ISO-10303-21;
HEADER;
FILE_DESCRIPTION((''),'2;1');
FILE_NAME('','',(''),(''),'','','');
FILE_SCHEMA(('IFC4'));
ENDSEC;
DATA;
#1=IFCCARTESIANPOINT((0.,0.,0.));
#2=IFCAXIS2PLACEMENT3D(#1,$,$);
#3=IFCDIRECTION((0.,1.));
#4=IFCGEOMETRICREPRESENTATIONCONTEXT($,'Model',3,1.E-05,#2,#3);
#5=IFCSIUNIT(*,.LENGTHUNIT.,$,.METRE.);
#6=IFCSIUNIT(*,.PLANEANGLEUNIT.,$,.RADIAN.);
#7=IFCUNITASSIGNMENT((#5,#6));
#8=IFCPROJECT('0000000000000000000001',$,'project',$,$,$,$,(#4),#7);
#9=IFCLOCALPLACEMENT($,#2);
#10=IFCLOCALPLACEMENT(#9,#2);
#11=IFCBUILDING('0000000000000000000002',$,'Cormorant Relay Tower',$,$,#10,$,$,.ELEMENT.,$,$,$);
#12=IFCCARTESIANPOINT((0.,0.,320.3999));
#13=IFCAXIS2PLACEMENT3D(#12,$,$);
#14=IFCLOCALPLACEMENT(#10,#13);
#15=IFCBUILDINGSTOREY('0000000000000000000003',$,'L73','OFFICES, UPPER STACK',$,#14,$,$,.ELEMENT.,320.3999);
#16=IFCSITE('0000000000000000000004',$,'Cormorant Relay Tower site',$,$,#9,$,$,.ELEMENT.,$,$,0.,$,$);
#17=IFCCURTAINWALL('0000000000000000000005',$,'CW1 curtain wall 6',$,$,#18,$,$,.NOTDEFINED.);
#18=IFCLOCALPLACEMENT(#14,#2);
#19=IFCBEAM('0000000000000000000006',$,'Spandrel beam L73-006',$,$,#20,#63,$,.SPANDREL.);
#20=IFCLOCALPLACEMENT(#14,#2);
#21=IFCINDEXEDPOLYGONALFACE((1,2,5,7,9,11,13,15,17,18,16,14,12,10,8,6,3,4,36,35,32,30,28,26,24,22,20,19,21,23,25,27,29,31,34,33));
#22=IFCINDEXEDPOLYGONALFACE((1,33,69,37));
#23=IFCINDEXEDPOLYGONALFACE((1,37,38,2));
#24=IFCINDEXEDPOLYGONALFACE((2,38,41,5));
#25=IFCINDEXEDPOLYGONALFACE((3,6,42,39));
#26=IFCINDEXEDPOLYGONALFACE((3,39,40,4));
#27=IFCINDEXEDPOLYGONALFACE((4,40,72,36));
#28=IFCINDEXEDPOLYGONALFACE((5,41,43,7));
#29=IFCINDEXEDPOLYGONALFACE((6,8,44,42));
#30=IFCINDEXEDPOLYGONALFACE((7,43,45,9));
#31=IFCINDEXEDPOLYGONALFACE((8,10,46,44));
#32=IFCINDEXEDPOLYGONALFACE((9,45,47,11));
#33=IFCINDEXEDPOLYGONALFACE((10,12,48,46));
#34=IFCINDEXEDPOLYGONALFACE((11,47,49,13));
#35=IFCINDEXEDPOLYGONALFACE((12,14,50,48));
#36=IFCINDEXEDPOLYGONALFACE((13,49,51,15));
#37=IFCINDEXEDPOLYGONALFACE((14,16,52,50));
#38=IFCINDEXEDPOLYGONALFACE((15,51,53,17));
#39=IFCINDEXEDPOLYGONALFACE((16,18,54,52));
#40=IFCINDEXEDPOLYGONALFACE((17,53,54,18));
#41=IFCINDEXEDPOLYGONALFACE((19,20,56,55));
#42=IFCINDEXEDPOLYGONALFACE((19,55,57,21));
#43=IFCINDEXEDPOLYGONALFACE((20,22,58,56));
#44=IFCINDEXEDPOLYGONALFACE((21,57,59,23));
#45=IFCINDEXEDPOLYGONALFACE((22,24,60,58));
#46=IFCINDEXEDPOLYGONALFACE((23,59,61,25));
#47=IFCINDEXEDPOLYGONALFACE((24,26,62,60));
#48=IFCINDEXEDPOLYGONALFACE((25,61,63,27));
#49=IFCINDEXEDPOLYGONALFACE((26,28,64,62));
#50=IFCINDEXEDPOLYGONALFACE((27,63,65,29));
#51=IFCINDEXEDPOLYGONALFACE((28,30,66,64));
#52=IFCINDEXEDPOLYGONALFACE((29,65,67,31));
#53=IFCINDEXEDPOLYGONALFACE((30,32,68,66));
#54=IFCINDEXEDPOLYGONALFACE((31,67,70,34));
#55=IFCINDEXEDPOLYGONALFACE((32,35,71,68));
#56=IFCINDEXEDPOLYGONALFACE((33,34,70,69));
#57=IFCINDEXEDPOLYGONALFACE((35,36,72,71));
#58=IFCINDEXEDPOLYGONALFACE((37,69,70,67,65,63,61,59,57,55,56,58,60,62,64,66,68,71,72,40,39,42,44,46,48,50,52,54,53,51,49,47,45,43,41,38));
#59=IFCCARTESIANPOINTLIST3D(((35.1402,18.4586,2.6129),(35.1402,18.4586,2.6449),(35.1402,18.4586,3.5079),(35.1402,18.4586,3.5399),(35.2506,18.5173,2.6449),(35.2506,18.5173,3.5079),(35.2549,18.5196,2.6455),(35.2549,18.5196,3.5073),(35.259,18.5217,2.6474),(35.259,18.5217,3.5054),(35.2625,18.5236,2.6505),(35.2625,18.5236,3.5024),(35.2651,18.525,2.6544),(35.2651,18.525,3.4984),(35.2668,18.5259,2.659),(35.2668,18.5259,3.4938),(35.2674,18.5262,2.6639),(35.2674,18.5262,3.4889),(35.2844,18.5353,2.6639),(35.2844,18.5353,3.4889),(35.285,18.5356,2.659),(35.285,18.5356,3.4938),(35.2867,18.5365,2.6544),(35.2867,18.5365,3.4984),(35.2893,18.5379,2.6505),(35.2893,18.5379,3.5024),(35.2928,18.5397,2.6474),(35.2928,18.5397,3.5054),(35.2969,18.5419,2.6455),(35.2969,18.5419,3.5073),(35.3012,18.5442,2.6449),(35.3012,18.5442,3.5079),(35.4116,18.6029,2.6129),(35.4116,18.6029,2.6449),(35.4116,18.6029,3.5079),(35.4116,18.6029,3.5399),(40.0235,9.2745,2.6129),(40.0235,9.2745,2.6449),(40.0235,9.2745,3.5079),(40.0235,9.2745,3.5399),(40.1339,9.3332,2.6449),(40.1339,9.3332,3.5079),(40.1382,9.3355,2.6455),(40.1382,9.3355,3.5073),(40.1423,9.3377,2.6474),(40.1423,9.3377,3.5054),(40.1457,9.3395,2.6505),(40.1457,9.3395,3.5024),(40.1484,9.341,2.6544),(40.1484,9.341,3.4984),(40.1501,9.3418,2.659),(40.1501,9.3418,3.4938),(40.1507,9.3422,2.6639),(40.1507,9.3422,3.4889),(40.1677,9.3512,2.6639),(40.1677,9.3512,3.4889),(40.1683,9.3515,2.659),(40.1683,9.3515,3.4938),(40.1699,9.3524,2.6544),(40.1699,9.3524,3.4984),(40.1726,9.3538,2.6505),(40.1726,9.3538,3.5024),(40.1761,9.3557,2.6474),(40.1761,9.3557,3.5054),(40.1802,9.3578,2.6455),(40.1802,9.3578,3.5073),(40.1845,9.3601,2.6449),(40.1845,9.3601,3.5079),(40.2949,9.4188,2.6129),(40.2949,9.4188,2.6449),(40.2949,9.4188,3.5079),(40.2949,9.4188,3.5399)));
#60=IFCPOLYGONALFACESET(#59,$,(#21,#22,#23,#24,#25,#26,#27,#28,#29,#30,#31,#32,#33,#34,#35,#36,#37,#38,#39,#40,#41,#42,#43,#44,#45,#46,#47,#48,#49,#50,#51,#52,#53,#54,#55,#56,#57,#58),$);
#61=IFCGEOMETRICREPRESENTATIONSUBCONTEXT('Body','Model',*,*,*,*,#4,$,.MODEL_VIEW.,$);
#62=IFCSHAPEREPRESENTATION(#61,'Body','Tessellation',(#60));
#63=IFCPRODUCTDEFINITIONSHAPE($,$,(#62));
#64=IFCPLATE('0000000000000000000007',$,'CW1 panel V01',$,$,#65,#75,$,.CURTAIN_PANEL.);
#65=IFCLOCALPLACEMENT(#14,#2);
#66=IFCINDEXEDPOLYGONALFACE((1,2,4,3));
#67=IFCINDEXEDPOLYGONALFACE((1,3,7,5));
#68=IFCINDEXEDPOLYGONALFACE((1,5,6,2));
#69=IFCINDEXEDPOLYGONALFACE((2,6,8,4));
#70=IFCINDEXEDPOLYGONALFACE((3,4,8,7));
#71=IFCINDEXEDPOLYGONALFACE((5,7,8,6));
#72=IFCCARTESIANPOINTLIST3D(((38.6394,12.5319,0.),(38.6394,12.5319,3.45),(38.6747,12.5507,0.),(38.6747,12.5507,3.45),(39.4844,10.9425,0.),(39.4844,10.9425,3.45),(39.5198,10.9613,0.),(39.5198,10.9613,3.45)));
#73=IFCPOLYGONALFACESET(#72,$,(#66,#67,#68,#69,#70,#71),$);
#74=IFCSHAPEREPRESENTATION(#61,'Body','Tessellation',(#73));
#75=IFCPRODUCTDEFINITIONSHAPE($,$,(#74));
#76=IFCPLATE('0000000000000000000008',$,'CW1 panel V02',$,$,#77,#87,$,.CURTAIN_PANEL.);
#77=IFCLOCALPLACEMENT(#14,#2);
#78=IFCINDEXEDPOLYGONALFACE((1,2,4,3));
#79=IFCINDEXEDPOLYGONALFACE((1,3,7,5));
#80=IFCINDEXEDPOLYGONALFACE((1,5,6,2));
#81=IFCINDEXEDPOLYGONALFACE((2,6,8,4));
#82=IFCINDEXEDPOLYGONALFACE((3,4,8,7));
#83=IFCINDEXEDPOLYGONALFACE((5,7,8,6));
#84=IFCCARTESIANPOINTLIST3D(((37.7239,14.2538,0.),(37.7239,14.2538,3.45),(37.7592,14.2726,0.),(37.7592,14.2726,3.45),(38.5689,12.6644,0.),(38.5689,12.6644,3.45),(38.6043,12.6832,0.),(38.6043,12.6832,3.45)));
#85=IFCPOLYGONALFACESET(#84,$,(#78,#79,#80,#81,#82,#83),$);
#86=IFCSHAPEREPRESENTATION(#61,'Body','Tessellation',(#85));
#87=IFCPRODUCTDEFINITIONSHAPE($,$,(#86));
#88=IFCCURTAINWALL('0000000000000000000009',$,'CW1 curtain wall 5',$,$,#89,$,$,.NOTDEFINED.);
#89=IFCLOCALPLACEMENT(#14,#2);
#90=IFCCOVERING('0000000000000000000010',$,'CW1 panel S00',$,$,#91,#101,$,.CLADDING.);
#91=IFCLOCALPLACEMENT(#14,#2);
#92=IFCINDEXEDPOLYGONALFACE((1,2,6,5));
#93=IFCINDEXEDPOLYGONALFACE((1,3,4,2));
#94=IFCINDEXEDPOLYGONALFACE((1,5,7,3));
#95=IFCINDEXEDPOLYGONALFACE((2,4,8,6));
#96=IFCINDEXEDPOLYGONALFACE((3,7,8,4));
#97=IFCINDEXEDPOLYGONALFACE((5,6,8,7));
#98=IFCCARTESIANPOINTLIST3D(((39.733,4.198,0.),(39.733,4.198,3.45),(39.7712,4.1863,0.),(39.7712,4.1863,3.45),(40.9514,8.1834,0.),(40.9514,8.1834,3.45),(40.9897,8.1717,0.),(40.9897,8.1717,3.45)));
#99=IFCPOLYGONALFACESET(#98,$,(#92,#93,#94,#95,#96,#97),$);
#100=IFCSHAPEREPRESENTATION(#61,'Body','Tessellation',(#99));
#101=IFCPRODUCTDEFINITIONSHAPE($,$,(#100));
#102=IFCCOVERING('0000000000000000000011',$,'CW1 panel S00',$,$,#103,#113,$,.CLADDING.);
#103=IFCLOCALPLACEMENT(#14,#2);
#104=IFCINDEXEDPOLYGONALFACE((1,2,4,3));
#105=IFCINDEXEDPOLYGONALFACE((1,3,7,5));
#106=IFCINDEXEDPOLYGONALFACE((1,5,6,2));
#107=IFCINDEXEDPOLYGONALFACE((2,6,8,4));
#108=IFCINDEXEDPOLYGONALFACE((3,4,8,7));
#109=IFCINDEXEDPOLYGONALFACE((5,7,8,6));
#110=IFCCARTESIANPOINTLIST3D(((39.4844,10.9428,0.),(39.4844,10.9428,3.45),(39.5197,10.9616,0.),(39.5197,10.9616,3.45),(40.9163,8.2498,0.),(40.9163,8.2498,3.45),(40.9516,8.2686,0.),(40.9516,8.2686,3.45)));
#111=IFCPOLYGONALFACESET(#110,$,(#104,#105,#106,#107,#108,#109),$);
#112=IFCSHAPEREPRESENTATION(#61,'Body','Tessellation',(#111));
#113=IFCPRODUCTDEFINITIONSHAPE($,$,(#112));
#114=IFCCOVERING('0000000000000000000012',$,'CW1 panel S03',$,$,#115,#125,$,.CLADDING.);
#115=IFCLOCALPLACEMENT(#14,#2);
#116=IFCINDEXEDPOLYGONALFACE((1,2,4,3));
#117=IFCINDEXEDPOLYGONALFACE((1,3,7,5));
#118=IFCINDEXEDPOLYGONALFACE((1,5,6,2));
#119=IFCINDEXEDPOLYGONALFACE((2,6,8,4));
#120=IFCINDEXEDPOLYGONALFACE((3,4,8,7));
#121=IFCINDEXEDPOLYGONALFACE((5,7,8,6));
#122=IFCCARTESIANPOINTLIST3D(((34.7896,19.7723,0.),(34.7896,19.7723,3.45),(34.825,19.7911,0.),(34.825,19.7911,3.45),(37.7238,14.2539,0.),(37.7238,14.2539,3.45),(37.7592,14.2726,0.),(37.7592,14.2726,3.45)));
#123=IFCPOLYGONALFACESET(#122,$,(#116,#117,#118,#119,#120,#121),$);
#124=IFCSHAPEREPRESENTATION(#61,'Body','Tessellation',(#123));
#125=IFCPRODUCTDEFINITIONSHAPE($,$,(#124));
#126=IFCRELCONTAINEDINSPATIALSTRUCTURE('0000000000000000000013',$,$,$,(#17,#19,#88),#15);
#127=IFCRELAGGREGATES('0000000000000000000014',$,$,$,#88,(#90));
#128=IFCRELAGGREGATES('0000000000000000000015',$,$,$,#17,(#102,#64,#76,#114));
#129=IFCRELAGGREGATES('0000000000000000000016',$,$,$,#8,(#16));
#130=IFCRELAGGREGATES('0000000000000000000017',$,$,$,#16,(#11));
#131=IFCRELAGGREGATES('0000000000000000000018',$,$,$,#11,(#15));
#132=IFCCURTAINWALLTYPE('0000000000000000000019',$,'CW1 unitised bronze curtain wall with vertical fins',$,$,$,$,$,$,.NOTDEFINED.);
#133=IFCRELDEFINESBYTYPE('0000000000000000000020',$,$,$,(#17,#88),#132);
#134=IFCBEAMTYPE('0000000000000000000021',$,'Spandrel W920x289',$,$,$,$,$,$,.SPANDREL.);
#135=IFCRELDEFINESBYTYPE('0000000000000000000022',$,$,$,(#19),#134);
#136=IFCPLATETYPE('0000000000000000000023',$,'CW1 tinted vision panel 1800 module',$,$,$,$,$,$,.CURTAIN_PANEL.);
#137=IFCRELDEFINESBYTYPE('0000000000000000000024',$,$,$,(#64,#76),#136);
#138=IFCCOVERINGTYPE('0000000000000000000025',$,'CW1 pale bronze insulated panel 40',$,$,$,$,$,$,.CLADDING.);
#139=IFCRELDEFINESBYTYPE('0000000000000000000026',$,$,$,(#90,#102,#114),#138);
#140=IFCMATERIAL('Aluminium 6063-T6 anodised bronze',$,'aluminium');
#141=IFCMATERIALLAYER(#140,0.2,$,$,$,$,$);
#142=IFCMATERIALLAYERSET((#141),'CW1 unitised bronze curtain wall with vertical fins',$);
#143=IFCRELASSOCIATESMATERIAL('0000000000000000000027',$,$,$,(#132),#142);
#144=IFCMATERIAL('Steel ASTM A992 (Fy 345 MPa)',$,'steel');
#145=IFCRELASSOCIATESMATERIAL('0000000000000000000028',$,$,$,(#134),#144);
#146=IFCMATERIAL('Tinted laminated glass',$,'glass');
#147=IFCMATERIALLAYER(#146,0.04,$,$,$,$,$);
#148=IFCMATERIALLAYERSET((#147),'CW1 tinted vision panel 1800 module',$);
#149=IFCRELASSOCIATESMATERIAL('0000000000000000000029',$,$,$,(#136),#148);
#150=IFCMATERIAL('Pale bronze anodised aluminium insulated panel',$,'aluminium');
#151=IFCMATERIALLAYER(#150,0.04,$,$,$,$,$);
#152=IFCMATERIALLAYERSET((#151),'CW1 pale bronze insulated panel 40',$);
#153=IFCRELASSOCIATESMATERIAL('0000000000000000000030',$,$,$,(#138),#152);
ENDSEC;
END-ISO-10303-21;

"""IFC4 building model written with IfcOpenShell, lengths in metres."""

from ifc_helpers import new_model, si_unit, direction, frame, origin, origin_2d, place, context, subcontext, project, spatial, rectangle, i_section, extrude, material, layer, layer_set, material_profile, profile_set, type_object, element, aggregate, save


model = new_model("IFC4")

# Units and contexts
model_context = context("Model", 3, precision=1e-05, world=origin(), true_north=direction((0.0, 1.0)))
body_context = subcontext(model_context, "Body", "Model", "MODEL_VIEW")
ifc_project = project(units=[si_unit("LENGTHUNIT", "METRE"), si_unit("PLANEANGLEUNIT", "RADIAN")], contexts=[model_context])

# Site, building, storey
site_placement = place(None, origin())
site = spatial("IfcSite", under=ifc_project, at=site_placement, Name="Cormorant Relay Tower site", CompositionType="ELEMENT", RefElevation=0.0)
building_placement = place(site_placement, origin())
building = spatial("IfcBuilding", under=site, at=building_placement, Name="Cormorant Relay Tower", CompositionType="ELEMENT")
storey_placement = place(building_placement, frame((0.0, 0.0, 320.3999)))
storey = spatial("IfcBuildingStorey", under=building, at=storey_placement, Name="L73", Description="OFFICES, UPPER STACK", CompositionType="ELEMENT", Elevation=320.3999)

# Curtain wall
ifc_material_1 = material(Name="Aluminium 6063-T6 anodised bronze", Category="aluminium")
ifc_layer_1 = layer(ifc_material_1, 0.2)
ifc_layer_set_1 = layer_set([ifc_layer_1], Name="CW1 unitised bronze curtain wall with vertical fins")
curtain_wall_type = type_object("IfcCurtainWallType", Name="CW1 unitised bronze curtain wall with vertical fins", PredefinedType="NOTDEFINED", material=ifc_layer_set_1)
curtain_wall_1_placement = place(storey_placement, origin())
curtain_wall_1 = element("IfcCurtainWall", 1, at=curtain_wall_1_placement, inside=storey, type_object=curtain_wall_type, Name="CW1 curtain wall 6", PredefinedType="NOTDEFINED")

# Beam
ifc_material_2 = material(Name="Steel ASTM A992 (Fy 345 MPa)", Category="steel")
ifc_material_profile_1 = material_profile(ifc_material_2, i_section(OverallWidth=0.3074, OverallDepth=0.927, WebThickness=0.0193, FlangeThickness=0.032, FilletRadius=0.019, at=origin_2d()), Name="W920x289")
ifc_profile_set_1 = profile_set([ifc_material_profile_1], Name="Steel ASTM A992 (Fy 345 MPa)")
beam_type = type_object("IfcBeamType", Name="Spandrel W920x289", PredefinedType="SPANDREL", material=ifc_profile_set_1)
beam_placement = place(storey_placement, frame((40.1592, 9.3467, 3.0764), z_axis=(-0.469474, 0.882946, 0.0), x_axis=(-0.882946, -0.469474, 0.0)))
element("IfcBeam", 2, at=beam_placement, inside=storey, type_object=beam_type, Name="Spandrel beam L73-006", PredefinedType="SPANDREL", context=body_context, shape_type="SweptSolid", body=[
    extrude(i_section(OverallWidth=0.3074, OverallDepth=0.927, WebThickness=0.0193, FlangeThickness=0.032, FilletRadius=0.019, at=origin_2d()), origin(), (0.0, 0.0, 1.0), 10.4016),
])

# Plates
ifc_material_3 = material(Name="Tinted laminated glass", Category="glass")
ifc_layer_2 = layer(ifc_material_3, 0.04)
ifc_layer_set_2 = layer_set([ifc_layer_2], Name="CW1 tinted vision panel 1800 module")
plate_type = type_object("IfcPlateType", Name="CW1 tinted vision panel 1800 module", PredefinedType="CURTAIN_PANEL", material=ifc_layer_set_2)
plate_1_placement = place(storey_placement, frame((39.0796, 11.7466, 0.0), z_axis=(0.0, 0.0, 1.0), x_axis=(-0.469472, 0.882948, 0.0)))
plate_1 = element("IfcPlate", 3, at=plate_1_placement, type_object=plate_type, Name="CW1 panel V01", PredefinedType="CURTAIN_PANEL", context=body_context, shape_type="SweptSolid", body=[
    extrude(rectangle(XDim=1.8, YDim=0.04, at=origin_2d()), origin(), (0.0, 0.0, 1.0), 3.45),
])
plate_2_placement = place(storey_placement, frame((38.1641, 13.4685, 0.0), z_axis=(0.0, 0.0, 1.0), x_axis=(-0.469472, 0.882948, 0.0)))
plate_2 = element("IfcPlate", 4, at=plate_2_placement, type_object=plate_type, Name="CW1 panel V02", PredefinedType="CURTAIN_PANEL", context=body_context, shape_type="SweptSolid", body=[
    extrude(rectangle(XDim=1.8, YDim=0.04, at=origin_2d()), origin(), (0.0, 0.0, 1.0), 3.45),
])

# Curtain wall, covering
curtain_wall_2_placement = place(storey_placement, origin())
curtain_wall_2 = element("IfcCurtainWall", 5, at=curtain_wall_2_placement, inside=storey, type_object=curtain_wall_type, Name="CW1 curtain wall 5", PredefinedType="NOTDEFINED")
ifc_material_4 = material(Name="Pale bronze anodised aluminium insulated panel", Category="aluminium")
ifc_layer_3 = layer(ifc_material_4, 0.04)
ifc_layer_set_3 = layer_set([ifc_layer_3], Name="CW1 pale bronze insulated panel 40")
covering_type = type_object("IfcCoveringType", Name="CW1 pale bronze insulated panel 40", PredefinedType="CLADDING", material=ifc_layer_set_3)
covering_1_placement = place(storey_placement, frame((40.3613, 6.1848, 0.0), z_axis=(0.0, 0.0, 1.0), x_axis=(0.292372, 0.956305, 0.0)))
covering_1 = element("IfcCovering", 6, at=covering_1_placement, type_object=covering_type, Name="CW1 panel S00", PredefinedType="CLADDING", context=body_context, shape_type="SweptSolid", body=[
    extrude(rectangle(XDim=4.1675, YDim=0.04, at=origin_2d()), origin(), (0.0, 0.0, 1.0), 3.45),
])
aggregate(curtain_wall_2, [covering_1])

# Coverings
covering_2_placement = place(storey_placement, frame((40.218, 9.6057, 0.0), z_axis=(0.0, 0.0, 1.0), x_axis=(-0.469472, 0.882948, 0.0)))
covering_2 = element("IfcCovering", 7, at=covering_2_placement, type_object=covering_type, Name="CW1 panel S00", PredefinedType="CLADDING", context=body_context, shape_type="SweptSolid", body=[
    extrude(rectangle(XDim=3.05, YDim=0.04, at=origin_2d()), origin(), (0.0, 0.0, 1.0), 3.45),
])
covering_3_placement = place(storey_placement, frame((36.2744, 17.0225, 0.0), z_axis=(0.0, 0.0, 1.0), x_axis=(-0.469472, 0.882948, 0.0)))
covering_3 = element("IfcCovering", 8, at=covering_3_placement, type_object=covering_type, Name="CW1 panel S03", PredefinedType="CLADDING", context=body_context, shape_type="SweptSolid", body=[
    extrude(rectangle(XDim=6.25, YDim=0.04, at=origin_2d()), origin(), (0.0, 0.0, 1.0), 3.45),
])
aggregate(curtain_wall_1, [covering_2, plate_1, plate_2, covering_3])

save(model, "model.ifc")
